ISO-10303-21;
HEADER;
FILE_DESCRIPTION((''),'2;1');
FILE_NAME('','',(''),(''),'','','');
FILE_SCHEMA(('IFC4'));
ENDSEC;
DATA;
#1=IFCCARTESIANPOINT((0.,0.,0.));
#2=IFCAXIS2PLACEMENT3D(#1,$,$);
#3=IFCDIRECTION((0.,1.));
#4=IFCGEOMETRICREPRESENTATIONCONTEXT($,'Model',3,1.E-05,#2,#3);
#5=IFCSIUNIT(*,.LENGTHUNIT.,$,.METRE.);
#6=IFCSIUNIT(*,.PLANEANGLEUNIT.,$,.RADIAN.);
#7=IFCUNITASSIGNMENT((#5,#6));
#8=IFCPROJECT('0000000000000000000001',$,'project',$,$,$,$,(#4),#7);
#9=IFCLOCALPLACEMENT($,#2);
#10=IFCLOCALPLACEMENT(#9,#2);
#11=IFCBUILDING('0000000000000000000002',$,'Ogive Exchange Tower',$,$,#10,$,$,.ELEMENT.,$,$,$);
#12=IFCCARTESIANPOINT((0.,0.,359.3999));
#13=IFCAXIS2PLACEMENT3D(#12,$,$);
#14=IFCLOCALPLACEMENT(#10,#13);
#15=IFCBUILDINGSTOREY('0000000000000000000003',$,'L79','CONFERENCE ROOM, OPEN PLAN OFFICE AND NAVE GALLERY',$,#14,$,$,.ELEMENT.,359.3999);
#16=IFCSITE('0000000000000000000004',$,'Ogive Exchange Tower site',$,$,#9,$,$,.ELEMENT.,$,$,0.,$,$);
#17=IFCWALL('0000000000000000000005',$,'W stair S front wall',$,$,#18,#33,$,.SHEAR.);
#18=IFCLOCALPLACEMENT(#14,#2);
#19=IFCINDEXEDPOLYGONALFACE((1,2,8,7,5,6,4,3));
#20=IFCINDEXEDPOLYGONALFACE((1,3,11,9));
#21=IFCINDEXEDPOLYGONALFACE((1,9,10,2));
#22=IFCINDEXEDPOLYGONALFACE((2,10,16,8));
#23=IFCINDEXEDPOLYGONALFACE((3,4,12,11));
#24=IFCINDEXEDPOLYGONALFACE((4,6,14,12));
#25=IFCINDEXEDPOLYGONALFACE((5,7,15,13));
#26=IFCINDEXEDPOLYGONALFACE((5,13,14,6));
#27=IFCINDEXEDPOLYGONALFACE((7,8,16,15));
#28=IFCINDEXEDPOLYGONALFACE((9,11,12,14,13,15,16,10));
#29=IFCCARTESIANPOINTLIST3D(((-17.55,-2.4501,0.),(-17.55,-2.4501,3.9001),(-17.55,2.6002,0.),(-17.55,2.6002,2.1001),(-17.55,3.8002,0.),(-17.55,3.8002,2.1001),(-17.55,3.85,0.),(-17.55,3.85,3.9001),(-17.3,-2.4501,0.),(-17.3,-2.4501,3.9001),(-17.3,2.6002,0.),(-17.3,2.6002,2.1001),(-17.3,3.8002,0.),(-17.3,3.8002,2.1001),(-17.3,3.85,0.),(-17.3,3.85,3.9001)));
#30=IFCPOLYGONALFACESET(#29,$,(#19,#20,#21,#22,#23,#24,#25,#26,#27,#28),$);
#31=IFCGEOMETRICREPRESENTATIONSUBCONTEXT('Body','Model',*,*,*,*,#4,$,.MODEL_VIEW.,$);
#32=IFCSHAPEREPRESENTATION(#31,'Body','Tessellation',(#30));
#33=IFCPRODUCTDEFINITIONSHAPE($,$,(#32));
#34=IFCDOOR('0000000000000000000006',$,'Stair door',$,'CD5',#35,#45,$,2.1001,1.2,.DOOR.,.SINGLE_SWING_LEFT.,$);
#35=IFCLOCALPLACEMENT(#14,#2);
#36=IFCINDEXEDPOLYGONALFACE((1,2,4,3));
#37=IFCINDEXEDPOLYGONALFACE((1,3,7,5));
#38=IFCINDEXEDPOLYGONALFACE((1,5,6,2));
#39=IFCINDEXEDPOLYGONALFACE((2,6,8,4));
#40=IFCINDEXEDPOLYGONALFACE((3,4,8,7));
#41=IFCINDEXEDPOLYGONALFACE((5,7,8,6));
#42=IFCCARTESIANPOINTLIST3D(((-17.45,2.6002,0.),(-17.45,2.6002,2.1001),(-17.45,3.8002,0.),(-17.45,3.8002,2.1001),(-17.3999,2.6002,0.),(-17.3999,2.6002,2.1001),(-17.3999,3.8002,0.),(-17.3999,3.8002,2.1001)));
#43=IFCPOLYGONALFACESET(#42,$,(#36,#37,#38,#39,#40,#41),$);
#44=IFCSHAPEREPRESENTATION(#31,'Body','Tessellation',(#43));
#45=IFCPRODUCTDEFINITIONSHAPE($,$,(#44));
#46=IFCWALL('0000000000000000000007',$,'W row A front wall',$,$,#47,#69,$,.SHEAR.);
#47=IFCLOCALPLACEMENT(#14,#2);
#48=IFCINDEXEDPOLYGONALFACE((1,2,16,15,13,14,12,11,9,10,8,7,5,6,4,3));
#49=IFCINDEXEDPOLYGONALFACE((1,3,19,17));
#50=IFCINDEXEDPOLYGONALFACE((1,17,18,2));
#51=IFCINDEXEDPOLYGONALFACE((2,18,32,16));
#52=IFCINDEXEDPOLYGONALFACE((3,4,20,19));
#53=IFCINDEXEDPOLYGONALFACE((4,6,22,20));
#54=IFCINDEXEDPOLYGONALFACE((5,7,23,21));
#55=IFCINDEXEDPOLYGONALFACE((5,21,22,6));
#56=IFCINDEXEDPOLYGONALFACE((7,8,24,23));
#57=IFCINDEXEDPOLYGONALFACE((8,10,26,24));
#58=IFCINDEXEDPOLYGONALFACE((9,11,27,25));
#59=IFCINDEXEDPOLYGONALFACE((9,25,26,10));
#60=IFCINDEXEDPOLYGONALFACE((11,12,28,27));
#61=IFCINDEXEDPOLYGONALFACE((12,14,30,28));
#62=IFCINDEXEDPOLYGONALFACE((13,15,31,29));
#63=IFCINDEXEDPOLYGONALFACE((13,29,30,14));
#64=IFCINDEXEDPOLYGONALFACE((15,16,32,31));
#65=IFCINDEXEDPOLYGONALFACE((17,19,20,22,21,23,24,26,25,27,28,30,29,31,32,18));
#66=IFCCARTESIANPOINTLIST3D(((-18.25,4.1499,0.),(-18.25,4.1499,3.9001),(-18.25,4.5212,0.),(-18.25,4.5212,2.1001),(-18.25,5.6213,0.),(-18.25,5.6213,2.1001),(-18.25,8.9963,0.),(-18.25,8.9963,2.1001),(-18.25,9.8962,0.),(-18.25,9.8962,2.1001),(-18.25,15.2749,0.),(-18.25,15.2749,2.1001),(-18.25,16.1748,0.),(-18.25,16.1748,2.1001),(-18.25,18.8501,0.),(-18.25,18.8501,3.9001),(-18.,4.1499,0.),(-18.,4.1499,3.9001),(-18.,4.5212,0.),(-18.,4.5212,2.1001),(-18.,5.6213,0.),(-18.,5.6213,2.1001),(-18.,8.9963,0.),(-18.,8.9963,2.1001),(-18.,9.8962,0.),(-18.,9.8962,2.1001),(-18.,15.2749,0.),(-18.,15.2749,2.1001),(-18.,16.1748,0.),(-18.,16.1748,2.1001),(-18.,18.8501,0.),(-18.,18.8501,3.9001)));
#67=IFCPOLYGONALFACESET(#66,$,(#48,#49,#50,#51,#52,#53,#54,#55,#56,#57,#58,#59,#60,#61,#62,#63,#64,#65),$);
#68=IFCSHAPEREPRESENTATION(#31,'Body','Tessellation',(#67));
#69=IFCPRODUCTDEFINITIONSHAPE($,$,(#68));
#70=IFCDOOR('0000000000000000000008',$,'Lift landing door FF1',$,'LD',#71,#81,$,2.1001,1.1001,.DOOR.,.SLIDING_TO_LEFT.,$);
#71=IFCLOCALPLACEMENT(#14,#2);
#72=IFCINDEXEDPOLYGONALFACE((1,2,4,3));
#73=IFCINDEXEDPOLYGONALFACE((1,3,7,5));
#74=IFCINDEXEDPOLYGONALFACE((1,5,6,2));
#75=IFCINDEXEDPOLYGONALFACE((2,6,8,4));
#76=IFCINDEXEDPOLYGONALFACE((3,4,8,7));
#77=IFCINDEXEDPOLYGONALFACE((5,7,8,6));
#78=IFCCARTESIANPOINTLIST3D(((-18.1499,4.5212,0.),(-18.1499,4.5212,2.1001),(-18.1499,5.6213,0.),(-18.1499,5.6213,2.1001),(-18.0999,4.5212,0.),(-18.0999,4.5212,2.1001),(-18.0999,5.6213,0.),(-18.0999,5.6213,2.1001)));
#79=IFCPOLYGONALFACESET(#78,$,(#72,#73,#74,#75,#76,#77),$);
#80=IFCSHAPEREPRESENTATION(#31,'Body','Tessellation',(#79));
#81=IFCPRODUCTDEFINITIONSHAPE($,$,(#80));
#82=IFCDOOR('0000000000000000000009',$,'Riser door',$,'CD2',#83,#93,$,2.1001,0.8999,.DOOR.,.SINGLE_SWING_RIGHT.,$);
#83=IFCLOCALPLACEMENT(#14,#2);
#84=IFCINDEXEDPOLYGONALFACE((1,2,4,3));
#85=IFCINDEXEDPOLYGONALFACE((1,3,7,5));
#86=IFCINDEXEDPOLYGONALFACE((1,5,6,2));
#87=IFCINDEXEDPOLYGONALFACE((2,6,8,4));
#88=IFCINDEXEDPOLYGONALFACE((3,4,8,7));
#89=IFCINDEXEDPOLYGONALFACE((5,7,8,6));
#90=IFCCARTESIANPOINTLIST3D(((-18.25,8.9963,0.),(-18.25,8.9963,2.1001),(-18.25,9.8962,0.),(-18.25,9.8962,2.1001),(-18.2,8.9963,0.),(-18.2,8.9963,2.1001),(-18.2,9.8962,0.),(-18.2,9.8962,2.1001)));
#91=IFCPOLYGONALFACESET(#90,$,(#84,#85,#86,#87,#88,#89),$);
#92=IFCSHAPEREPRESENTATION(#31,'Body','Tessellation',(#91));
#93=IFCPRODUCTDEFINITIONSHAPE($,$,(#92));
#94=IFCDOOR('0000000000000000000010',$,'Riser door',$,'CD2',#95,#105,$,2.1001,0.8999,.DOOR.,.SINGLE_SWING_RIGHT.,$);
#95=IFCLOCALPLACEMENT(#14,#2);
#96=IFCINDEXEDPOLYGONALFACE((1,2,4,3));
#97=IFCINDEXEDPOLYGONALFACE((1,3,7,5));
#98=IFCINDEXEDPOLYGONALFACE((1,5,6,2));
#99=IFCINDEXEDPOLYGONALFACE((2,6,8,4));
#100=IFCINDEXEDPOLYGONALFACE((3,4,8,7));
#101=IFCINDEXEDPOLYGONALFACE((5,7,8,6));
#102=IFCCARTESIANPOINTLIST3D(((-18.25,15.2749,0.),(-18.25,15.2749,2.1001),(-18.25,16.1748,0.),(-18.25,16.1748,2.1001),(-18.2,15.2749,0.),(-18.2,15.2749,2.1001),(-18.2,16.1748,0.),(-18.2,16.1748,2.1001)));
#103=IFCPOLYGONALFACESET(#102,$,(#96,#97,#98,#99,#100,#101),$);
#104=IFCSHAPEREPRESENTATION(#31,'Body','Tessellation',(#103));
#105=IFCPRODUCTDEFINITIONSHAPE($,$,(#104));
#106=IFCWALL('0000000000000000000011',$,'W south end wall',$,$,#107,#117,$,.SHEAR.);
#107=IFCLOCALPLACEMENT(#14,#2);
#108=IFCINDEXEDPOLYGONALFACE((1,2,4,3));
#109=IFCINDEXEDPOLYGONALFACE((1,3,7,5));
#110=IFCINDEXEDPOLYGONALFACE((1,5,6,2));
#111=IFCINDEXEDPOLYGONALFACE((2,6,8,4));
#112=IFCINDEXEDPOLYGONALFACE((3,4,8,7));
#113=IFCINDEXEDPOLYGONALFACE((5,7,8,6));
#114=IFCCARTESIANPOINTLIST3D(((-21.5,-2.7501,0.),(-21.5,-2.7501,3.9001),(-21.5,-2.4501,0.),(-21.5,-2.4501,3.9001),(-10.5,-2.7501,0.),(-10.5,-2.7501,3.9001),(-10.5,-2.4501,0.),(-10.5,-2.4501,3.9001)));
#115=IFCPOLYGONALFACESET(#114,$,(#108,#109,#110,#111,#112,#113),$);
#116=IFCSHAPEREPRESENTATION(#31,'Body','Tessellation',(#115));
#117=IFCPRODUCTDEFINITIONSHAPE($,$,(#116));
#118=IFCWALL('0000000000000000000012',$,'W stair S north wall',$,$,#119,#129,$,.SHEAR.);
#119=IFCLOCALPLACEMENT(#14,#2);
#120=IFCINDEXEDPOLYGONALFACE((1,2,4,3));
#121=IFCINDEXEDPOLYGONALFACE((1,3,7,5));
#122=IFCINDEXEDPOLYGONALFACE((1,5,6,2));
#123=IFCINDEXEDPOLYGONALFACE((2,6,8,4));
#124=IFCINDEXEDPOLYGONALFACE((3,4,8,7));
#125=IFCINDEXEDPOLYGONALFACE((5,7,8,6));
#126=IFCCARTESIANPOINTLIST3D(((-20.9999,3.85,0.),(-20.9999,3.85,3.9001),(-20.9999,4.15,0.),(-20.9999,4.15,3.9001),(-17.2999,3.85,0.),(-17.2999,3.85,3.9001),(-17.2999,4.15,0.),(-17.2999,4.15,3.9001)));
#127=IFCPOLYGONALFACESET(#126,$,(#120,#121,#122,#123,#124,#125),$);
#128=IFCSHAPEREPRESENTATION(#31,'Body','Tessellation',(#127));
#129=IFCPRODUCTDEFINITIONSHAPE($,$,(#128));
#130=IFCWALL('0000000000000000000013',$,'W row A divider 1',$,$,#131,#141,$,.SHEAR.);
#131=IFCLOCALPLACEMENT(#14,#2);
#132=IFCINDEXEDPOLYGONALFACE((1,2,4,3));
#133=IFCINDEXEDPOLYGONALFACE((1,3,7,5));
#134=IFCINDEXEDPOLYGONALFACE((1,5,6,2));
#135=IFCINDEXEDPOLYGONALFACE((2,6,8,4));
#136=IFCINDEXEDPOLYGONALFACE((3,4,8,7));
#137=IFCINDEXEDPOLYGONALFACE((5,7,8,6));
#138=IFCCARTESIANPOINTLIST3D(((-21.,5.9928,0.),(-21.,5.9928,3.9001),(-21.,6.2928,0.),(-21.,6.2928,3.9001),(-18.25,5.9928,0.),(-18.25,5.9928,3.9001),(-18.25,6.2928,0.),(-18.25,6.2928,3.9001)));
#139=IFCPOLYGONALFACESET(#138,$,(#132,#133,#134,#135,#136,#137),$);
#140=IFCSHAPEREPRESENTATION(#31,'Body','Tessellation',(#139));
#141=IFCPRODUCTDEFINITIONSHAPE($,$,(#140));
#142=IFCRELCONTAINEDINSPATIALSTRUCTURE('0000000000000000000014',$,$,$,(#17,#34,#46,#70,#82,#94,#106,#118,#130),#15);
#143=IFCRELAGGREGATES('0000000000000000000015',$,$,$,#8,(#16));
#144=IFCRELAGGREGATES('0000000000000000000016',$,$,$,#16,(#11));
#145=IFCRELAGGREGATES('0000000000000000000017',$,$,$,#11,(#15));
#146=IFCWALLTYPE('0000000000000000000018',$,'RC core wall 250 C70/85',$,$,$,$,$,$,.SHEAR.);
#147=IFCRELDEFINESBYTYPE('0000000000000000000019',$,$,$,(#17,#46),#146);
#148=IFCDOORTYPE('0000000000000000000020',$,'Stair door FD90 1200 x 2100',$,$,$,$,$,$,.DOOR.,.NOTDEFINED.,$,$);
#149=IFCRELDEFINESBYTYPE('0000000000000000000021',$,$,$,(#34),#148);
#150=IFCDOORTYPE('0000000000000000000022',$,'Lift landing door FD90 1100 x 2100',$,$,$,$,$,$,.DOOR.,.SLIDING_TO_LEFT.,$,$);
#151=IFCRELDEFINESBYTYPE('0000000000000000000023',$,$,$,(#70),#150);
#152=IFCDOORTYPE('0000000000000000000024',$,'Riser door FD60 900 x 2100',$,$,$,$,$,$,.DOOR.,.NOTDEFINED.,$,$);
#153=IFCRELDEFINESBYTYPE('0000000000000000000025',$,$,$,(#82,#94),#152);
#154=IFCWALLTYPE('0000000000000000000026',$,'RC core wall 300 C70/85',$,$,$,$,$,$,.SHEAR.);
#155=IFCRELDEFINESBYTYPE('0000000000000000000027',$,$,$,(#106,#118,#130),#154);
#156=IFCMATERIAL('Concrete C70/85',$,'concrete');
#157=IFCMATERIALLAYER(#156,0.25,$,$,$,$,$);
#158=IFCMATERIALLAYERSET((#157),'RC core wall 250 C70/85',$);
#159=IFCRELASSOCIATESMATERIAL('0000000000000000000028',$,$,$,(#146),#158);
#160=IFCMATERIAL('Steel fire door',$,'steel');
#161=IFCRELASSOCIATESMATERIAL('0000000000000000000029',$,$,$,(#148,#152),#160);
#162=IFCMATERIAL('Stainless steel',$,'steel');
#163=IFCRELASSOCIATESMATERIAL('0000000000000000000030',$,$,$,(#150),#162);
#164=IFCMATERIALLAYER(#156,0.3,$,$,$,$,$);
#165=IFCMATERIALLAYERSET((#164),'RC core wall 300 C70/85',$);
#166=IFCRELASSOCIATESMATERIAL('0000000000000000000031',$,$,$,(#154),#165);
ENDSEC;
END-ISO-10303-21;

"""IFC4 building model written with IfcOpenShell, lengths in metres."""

from ifc_helpers import new_model, si_unit, direction, frame, frame_2d, origin, place, context, subcontext, project, spatial, rectangle, extrude, material, layer, layer_set, type_object, element, fill, save


model = new_model("IFC4")

# Units and contexts
model_context = context("Model", 3, precision=1e-05, world=origin(), true_north=direction((0.0, 1.0)))
body_context = subcontext(model_context, "Body", "Model", "MODEL_VIEW")
ifc_project = project(units=[si_unit("LENGTHUNIT", "METRE"), si_unit("PLANEANGLEUNIT", "RADIAN")], contexts=[model_context])

# Site, building, storey
site_placement = place(None, origin())
site = spatial("IfcSite", under=ifc_project, at=site_placement, Name="Ogive Exchange Tower site", CompositionType="ELEMENT", RefElevation=0.0)
building_placement = place(site_placement, origin())
building = spatial("IfcBuilding", under=site, at=building_placement, Name="Ogive Exchange Tower", CompositionType="ELEMENT")
storey_placement = place(building_placement, frame((0.0, 0.0, 359.3999)))
storey = spatial("IfcBuildingStorey", under=building, at=storey_placement, Name="L79", Description="CONFERENCE ROOM, OPEN PLAN OFFICE AND NAVE GALLERY", CompositionType="ELEMENT", Elevation=359.3999)

# Wall, opening, door
ifc_material_1 = material(Name="Concrete C70/85", Category="concrete")
ifc_material_2 = material(Name="Steel fire door", Category="steel")
ifc_layer_1 = layer(ifc_material_1, 0.25)
ifc_layer_set_1 = layer_set([ifc_layer_1], Name="RC core wall 250 C70/85")
wall_type_1 = type_object("IfcWallType", Name="RC core wall 250 C70/85", PredefinedType="SHEAR", material=ifc_layer_set_1)
wall_1_placement = place(storey_placement, frame((-17.425, -2.45, 0.0), z_axis=(0.0, 0.0, 1.0), x_axis=(0.0, 1.0, 0.0)))
wall_1 = element("IfcWall", 1, at=wall_1_placement, inside=storey, type_object=wall_type_1, Name="W stair S front wall", PredefinedType="SHEAR", context=body_context, shape_type="SweptSolid", body=[
    extrude(rectangle(XDim=6.3, YDim=0.25, at=frame_2d((3.1499, 0.0))), origin(), (0.0, 0.0, 1.0), 3.9001),
])
opening_1_placement = place(wall_1_placement, frame((5.05, 0.0, 0.0)))
opening_1 = element("IfcOpeningElement", 2, at=opening_1_placement, cuts=wall_1, PredefinedType="OPENING", context=body_context, shape_type="SweptSolid", body=[
    extrude(rectangle(XDim=1.2, YDim=2.1001, at=frame_2d((0.6001, 1.05))), frame((0.0, 0.135, 0.0), z_axis=(0.0, -1.0, 0.0), x_axis=(1.0, 0.0, 0.0)), (0.0, 0.0, 1.0), 0.27),
])
door_type_1 = type_object("IfcDoorType", Name="Stair door FD90 1200 x 2100", OperationType="NOTDEFINED", PredefinedType="DOOR", material=ifc_material_2)
door_1_placement = place(opening_1_placement, origin())
door_1 = element("IfcDoor", 3, at=door_1_placement, inside=storey, type_object=door_type_1, Name="Stair door", ObjectType="CD5", OperationType="SINGLE_SWING_LEFT", OverallHeight=2.1001, OverallWidth=1.2, PredefinedType="DOOR", context=body_context, shape_type="SweptSolid", body=[
    extrude(rectangle(XDim=1.2, YDim=2.1001, at=frame_2d((0.6001, 1.05))), frame((0.0, 0.0249, 0.0), z_axis=(0.0, -1.0, 0.0), x_axis=(1.0, 0.0, 0.0)), (0.0, 0.0, 1.0), 0.05),
])
fill(opening_1, door_1)

# Wall, openings, doors
wall_2_placement = place(storey_placement, frame((-18.125, 4.1499, 0.0), z_axis=(0.0, 0.0, 1.0), x_axis=(0.0, 1.0, 0.0)))
wall_2 = element("IfcWall", 4, at=wall_2_placement, inside=storey, type_object=wall_type_1, Name="W row A front wall", PredefinedType="SHEAR", context=body_context, shape_type="SweptSolid", body=[
    extrude(rectangle(XDim=14.7002, YDim=0.25, at=frame_2d((7.3501, 0.0))), origin(), (0.0, 0.0, 1.0), 3.9001),
])
opening_2_placement = place(wall_2_placement, frame((4.8464, 0.0, 0.0)))
opening_2 = element("IfcOpeningElement", 5, at=opening_2_placement, cuts=wall_2, PredefinedType="OPENING", context=body_context, shape_type="SweptSolid", body=[
    extrude(rectangle(XDim=0.8999, YDim=2.1001, at=frame_2d((0.45, 1.05))), frame((0.0, 0.135, 0.0), z_axis=(0.0, -1.0, 0.0), x_axis=(1.0, 0.0, 0.0)), (0.0, 0.0, 1.0), 0.27),
])
opening_3_placement = place(wall_2_placement, frame((11.125, 0.0, 0.0)))
opening_3 = element("IfcOpeningElement", 6, at=opening_3_placement, cuts=wall_2, PredefinedType="OPENING", context=body_context, shape_type="SweptSolid", body=[
    extrude(rectangle(XDim=0.8999, YDim=2.1001, at=frame_2d((0.45, 1.05))), frame((0.0, 0.135, 0.0), z_axis=(0.0, -1.0, 0.0), x_axis=(1.0, 0.0, 0.0)), (0.0, 0.0, 1.0), 0.27),
])
opening_4_placement = place(wall_2_placement, frame((0.3713, 0.0, 0.0)))
opening_4 = element("IfcOpeningElement", 7, at=opening_4_placement, cuts=wall_2, PredefinedType="OPENING", context=body_context, shape_type="SweptSolid", body=[
    extrude(rectangle(XDim=1.1001, YDim=2.1001, at=frame_2d((0.55, 1.05))), frame((0.0, 0.135, 0.0), z_axis=(0.0, -1.0, 0.0), x_axis=(1.0, 0.0, 0.0)), (0.0, 0.0, 1.0), 0.27),
])
ifc_material_3 = material(Name="Stainless steel", Category="steel")
door_type_2 = type_object("IfcDoorType", Name="Lift landing door FD90 1100 x 2100", OperationType="SLIDING_TO_LEFT", PredefinedType="DOOR", material=ifc_material_3)
door_2_placement = place(opening_4_placement, origin())
door_2 = element("IfcDoor", 8, at=door_2_placement, inside=storey, type_object=door_type_2, Name="Lift landing door FF1", ObjectType="LD", OperationType="SLIDING_TO_LEFT", OverallHeight=2.1001, OverallWidth=1.1001, PredefinedType="DOOR", context=body_context, shape_type="SweptSolid", body=[
    extrude(rectangle(XDim=1.1001, YDim=2.1001, at=frame_2d((0.55, 1.05))), frame((0.0, 0.0249, 0.0), z_axis=(0.0, -1.0, 0.0), x_axis=(1.0, 0.0, 0.0)), (0.0, 0.0, 1.0), 0.05),
])
fill(opening_4, door_2)
door_type_3 = type_object("IfcDoorType", Name="Riser door FD60 900 x 2100", OperationType="NOTDEFINED", PredefinedType="DOOR", material=ifc_material_2)
door_3_placement = place(opening_2_placement, origin())
door_3 = element("IfcDoor", 9, at=door_3_placement, inside=storey, type_object=door_type_3, Name="Riser door", ObjectType="CD2", OperationType="SINGLE_SWING_RIGHT", OverallHeight=2.1001, OverallWidth=0.8999, PredefinedType="DOOR", context=body_context, shape_type="SweptSolid", body=[
    extrude(rectangle(XDim=0.8999, YDim=2.1001, at=frame_2d((0.45, 1.05))), frame((0.0, 0.125, 0.0), z_axis=(0.0, -1.0, 0.0), x_axis=(1.0, 0.0, 0.0)), (0.0, 0.0, 1.0), 0.05),
])
fill(opening_2, door_3)
door_4_placement = place(opening_3_placement, origin())
door_4 = element("IfcDoor", 10, at=door_4_placement, inside=storey, type_object=door_type_3, Name="Riser door", ObjectType="CD2", OperationType="SINGLE_SWING_RIGHT", OverallHeight=2.1001, OverallWidth=0.8999, PredefinedType="DOOR", context=body_context, shape_type="SweptSolid", body=[
    extrude(rectangle(XDim=0.8999, YDim=2.1001, at=frame_2d((0.45, 1.05))), frame((0.0, 0.125, 0.0), z_axis=(0.0, -1.0, 0.0), x_axis=(1.0, 0.0, 0.0)), (0.0, 0.0, 1.0), 0.05),
])
fill(opening_3, door_4)

# Walls
ifc_layer_2 = layer(ifc_material_1, 0.3)
ifc_layer_set_2 = layer_set([ifc_layer_2], Name="RC core wall 300 C70/85")
wall_type_2 = type_object("IfcWallType", Name="RC core wall 300 C70/85", PredefinedType="SHEAR", material=ifc_layer_set_2)
wall_3_placement = place(storey_placement, frame((-21.5, -2.6001, 0.0), z_axis=(0.0, 0.0, 1.0), x_axis=(1.0, 0.0, 0.0)))
element("IfcWall", 11, at=wall_3_placement, inside=storey, type_object=wall_type_2, Name="W south end wall", PredefinedType="SHEAR", context=body_context, shape_type="SweptSolid", body=[
    extrude(rectangle(XDim=11.0, YDim=0.3, at=frame_2d((5.5, 0.0))), origin(), (0.0, 0.0, 1.0), 3.9001),
])
wall_4_placement = place(storey_placement, frame((-21.0, 4.0, 0.0), z_axis=(0.0, 0.0, 1.0), x_axis=(1.0, 0.0, 0.0)))
element("IfcWall", 12, at=wall_4_placement, inside=storey, type_object=wall_type_2, Name="W stair S north wall", PredefinedType="SHEAR", context=body_context, shape_type="SweptSolid", body=[
    extrude(rectangle(XDim=3.7, YDim=0.3, at=frame_2d((1.8501, 0.0))), origin(), (0.0, 0.0, 1.0), 3.9001),
])
wall_5_placement = place(storey_placement, frame((-21.0, 6.1428, 0.0), z_axis=(0.0, 0.0, 1.0), x_axis=(1.0, 0.0, 0.0)))
element("IfcWall", 13, at=wall_5_placement, inside=storey, type_object=wall_type_2, Name="W row A divider 1", PredefinedType="SHEAR", context=body_context, shape_type="SweptSolid", body=[
    extrude(rectangle(XDim=2.75, YDim=0.3, at=frame_2d((1.375, 0.0))), origin(), (0.0, 0.0, 1.0), 3.9001),
])

save(model, "model.ifc")
